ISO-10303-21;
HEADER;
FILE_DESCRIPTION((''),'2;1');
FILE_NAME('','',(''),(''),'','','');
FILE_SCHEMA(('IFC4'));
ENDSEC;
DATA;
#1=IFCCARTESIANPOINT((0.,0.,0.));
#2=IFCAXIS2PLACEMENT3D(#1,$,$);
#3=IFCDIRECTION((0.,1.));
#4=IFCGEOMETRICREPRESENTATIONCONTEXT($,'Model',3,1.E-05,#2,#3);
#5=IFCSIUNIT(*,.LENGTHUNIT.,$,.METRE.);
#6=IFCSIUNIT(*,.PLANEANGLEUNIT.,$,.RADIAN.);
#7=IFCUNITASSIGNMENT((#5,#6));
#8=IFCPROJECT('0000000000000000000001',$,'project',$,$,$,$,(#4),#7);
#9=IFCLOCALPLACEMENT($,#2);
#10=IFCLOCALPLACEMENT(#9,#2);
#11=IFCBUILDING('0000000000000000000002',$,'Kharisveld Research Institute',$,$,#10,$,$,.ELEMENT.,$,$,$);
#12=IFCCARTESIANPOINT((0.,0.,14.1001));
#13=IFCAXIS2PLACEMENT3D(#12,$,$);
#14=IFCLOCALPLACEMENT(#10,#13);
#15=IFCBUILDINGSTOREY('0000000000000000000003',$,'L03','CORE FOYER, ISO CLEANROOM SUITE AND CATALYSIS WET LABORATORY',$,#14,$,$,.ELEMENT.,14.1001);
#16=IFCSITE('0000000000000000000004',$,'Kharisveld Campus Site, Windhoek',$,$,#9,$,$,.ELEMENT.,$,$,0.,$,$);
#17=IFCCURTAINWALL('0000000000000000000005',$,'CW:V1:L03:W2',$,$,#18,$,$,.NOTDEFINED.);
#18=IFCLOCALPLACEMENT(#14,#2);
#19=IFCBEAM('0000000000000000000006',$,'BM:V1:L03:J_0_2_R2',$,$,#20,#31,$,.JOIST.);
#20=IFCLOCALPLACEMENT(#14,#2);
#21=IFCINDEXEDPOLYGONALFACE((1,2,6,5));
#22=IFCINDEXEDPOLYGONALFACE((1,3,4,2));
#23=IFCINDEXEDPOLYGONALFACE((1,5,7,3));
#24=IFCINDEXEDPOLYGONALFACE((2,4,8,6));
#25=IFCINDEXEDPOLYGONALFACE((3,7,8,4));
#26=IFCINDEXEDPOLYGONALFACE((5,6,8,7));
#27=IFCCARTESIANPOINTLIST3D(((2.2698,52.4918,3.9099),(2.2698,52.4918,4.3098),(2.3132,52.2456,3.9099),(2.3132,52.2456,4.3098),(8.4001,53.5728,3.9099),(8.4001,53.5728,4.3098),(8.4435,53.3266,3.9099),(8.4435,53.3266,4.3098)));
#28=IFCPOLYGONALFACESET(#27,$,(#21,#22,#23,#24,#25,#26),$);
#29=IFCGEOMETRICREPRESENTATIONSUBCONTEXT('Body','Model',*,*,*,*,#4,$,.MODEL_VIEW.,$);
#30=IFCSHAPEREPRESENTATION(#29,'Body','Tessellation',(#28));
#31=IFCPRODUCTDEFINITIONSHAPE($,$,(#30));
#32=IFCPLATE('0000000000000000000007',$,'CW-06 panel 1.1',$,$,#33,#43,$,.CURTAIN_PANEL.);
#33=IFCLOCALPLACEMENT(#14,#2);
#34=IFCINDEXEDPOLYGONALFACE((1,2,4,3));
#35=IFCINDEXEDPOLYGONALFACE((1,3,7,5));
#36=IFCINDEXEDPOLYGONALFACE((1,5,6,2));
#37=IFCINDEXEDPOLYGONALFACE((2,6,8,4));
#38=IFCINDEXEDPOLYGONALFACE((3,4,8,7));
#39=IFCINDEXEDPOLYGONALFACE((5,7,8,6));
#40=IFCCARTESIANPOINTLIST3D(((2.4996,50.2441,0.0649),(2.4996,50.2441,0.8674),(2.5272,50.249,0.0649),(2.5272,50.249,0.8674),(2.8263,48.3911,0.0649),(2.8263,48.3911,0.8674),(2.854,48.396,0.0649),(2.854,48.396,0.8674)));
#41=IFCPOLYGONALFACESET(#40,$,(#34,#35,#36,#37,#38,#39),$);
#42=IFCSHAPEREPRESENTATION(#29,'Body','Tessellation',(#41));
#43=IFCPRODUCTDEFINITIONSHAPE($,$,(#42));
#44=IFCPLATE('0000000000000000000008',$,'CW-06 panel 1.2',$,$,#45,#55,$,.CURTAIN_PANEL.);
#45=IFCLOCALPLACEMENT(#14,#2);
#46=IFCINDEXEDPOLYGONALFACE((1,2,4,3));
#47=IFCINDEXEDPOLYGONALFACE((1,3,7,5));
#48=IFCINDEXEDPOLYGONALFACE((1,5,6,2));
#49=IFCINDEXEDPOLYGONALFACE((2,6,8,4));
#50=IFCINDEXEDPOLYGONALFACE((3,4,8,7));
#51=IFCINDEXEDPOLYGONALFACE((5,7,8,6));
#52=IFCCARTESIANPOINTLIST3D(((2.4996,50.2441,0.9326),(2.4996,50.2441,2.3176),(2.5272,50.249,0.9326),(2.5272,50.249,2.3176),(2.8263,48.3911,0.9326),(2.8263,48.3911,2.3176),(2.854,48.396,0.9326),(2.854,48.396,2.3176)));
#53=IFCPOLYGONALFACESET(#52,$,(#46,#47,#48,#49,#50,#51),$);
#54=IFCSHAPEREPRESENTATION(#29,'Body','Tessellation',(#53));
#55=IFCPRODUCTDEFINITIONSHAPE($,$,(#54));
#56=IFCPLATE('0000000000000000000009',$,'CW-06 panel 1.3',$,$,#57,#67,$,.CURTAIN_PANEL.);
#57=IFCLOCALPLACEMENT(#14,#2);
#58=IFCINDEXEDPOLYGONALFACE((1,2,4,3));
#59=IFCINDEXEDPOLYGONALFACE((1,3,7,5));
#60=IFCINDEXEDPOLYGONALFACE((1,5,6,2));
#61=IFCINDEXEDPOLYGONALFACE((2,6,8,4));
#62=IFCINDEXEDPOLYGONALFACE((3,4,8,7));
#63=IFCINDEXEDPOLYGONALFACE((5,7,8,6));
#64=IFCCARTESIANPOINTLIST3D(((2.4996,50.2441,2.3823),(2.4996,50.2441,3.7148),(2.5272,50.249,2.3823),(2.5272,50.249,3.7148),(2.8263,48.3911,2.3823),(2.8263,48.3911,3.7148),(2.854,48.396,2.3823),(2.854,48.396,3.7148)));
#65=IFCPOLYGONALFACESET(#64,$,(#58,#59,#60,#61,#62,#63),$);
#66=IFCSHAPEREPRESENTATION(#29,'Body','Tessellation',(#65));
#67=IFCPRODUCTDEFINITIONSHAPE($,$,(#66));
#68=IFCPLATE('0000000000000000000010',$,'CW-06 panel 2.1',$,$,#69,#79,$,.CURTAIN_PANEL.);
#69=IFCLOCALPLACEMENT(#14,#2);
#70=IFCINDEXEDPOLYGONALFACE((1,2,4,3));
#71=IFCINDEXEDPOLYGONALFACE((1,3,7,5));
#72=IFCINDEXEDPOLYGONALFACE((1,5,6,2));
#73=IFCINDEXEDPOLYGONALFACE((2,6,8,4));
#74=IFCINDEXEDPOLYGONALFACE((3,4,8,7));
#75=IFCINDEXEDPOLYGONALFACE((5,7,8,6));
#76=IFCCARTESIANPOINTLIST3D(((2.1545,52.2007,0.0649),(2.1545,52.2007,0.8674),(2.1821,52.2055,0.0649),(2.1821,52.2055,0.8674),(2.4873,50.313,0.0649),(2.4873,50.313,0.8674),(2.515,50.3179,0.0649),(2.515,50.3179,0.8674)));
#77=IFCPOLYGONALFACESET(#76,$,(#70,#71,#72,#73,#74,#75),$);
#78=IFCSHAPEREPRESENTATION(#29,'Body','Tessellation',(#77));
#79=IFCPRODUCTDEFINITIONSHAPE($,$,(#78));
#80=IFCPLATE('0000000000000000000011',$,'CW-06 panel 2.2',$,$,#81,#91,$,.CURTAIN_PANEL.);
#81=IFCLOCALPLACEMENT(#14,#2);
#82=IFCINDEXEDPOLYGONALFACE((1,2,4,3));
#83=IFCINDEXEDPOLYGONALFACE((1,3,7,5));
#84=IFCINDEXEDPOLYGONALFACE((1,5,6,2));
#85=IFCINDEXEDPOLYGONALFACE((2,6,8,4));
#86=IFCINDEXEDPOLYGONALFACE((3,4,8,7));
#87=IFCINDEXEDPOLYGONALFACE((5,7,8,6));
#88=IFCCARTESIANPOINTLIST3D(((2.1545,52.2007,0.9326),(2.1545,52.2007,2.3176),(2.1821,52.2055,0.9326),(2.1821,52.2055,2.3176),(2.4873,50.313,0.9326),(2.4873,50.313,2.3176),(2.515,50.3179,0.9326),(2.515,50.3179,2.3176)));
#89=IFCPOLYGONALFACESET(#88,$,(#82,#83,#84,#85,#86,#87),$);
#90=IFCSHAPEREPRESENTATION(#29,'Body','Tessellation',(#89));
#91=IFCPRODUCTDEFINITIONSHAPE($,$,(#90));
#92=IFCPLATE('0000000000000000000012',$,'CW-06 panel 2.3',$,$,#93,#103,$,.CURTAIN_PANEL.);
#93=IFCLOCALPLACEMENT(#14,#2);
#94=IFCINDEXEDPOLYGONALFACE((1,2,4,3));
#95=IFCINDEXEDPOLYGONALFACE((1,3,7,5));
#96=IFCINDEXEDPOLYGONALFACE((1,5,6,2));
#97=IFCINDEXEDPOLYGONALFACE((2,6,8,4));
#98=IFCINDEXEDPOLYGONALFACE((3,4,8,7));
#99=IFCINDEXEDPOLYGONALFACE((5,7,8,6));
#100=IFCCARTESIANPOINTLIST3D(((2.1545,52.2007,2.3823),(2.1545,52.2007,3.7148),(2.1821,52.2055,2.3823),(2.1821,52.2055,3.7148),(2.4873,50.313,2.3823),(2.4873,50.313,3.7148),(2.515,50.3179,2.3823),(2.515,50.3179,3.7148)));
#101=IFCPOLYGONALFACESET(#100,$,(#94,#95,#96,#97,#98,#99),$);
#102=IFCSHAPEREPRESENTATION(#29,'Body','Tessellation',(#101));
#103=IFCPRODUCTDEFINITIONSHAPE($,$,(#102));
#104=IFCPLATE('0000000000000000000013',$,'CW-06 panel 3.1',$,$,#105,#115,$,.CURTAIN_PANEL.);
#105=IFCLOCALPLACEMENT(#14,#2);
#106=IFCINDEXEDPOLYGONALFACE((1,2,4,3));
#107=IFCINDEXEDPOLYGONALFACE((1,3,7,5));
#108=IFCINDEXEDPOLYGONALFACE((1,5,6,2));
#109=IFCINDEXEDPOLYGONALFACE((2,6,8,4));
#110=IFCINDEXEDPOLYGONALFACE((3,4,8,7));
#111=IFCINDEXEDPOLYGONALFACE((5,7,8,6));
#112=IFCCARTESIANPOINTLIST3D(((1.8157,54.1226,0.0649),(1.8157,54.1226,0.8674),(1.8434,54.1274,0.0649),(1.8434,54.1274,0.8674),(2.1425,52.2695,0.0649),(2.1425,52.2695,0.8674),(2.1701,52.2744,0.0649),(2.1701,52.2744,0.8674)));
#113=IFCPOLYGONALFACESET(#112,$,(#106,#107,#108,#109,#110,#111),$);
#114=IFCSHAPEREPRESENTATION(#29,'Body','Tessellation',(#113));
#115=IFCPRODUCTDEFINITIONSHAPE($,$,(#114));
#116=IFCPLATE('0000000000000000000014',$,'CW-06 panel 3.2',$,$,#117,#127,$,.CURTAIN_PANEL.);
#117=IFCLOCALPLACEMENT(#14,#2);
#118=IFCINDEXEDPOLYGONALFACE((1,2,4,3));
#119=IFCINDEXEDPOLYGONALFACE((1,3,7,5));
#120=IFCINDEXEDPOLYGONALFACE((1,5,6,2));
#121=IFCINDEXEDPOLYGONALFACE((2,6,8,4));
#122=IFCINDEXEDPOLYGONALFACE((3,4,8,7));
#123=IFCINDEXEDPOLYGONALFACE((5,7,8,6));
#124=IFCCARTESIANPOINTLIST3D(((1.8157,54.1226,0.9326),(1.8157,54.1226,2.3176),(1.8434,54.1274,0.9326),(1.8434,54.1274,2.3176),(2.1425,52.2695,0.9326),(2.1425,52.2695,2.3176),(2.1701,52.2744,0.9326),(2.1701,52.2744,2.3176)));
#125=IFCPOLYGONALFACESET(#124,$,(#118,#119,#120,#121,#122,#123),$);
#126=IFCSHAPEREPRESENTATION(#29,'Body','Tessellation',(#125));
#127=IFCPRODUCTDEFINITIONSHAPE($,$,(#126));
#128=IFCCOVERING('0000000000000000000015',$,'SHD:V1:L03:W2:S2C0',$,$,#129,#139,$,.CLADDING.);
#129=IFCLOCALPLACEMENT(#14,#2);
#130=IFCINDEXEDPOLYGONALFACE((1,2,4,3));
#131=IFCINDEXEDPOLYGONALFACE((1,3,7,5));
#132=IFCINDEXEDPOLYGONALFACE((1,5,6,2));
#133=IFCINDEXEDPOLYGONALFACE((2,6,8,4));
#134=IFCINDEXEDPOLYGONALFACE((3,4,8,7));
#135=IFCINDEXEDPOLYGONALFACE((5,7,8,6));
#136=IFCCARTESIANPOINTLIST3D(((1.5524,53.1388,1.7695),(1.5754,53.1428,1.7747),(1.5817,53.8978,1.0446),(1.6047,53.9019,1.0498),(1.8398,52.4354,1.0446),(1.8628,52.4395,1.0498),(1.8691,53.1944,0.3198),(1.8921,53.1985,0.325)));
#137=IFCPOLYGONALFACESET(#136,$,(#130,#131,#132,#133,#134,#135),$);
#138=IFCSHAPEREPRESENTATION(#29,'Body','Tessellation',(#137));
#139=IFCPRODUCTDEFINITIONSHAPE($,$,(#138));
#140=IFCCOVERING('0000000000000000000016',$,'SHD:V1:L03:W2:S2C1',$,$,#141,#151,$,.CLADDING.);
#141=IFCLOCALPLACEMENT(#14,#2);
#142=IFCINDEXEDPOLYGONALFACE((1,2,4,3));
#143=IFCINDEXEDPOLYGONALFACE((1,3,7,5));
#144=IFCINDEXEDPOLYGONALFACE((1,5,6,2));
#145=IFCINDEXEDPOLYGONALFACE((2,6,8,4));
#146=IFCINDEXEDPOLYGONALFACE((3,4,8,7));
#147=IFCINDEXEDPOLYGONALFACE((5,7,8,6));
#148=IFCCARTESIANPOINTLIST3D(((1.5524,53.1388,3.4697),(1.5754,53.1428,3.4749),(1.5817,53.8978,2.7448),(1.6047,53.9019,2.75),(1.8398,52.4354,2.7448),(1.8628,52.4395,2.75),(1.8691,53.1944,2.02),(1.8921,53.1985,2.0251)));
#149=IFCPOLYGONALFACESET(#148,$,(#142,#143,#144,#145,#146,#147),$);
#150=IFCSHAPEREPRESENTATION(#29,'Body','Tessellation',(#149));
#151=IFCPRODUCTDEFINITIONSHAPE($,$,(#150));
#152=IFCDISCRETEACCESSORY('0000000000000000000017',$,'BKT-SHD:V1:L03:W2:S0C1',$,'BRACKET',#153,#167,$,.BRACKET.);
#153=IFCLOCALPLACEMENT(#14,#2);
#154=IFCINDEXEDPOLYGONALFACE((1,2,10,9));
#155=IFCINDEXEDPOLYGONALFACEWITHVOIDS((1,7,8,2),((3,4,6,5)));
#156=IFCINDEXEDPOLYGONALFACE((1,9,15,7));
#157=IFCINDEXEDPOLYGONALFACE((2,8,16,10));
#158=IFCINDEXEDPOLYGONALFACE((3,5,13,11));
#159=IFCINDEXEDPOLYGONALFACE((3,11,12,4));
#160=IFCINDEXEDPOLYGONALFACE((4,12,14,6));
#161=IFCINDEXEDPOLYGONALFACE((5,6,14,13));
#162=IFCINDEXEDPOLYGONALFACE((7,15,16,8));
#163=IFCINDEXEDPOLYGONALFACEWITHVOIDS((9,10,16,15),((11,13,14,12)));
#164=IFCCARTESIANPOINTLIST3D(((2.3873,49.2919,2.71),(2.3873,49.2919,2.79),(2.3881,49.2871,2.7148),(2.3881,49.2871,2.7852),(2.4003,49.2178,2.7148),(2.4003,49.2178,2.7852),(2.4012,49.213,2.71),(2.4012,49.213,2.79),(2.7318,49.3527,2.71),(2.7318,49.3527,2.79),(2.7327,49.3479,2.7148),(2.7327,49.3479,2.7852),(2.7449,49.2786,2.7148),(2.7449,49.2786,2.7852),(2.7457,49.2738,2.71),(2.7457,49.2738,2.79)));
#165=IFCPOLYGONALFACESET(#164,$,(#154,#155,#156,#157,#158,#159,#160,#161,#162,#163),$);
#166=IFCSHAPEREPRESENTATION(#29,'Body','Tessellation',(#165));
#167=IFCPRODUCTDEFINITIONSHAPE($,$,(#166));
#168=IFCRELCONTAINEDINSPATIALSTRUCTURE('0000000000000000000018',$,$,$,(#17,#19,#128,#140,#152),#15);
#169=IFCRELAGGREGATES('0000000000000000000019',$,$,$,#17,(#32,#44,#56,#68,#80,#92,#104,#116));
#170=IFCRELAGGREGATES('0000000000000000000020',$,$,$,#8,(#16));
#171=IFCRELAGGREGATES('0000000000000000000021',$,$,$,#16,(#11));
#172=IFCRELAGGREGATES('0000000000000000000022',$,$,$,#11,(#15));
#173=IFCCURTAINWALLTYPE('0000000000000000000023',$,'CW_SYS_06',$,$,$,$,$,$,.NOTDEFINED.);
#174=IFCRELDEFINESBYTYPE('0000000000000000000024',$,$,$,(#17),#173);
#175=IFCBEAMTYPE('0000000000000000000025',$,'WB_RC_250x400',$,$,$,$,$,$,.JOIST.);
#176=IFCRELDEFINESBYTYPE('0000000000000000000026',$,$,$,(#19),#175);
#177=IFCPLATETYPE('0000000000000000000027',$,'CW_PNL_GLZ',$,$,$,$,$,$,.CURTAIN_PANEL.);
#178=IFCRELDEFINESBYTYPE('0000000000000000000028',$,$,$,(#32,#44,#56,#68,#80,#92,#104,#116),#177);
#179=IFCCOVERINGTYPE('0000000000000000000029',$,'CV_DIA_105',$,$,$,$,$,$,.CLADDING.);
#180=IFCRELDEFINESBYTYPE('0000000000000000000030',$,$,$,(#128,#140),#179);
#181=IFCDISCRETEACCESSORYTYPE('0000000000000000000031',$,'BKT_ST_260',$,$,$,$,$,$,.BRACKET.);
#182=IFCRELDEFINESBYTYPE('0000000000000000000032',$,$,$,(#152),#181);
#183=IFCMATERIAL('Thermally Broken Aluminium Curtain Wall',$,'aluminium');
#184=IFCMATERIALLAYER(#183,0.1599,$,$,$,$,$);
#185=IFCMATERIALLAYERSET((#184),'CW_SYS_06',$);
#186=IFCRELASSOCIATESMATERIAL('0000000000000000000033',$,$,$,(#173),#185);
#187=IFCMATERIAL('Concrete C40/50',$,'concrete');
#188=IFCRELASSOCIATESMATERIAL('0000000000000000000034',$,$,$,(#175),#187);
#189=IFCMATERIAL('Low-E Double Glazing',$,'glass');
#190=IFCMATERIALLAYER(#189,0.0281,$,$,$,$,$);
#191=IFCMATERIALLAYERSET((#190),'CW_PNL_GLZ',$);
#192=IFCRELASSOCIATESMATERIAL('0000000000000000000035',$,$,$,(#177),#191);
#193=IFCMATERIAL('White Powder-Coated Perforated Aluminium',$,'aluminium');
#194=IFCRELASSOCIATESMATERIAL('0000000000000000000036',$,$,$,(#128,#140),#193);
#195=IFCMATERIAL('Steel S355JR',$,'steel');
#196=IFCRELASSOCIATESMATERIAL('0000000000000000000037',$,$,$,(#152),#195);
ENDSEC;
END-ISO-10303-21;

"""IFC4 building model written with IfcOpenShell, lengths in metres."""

from ifc_helpers import new_model, si_unit, direction, frame, origin, origin_2d, place, context, subcontext, project, spatial, polyline, rectangle, hollow_rectangle, outline, extrude, material, layer, layer_set, material_profile, profile_set, type_object, element, aggregate, save


model = new_model("IFC4")

# Units and contexts
model_context = context("Model", 3, precision=1e-05, world=origin(), true_north=direction((0.0, 1.0)))
body_context = subcontext(model_context, "Body", "Model", "MODEL_VIEW")
ifc_project = project(units=[si_unit("LENGTHUNIT", "METRE"), si_unit("PLANEANGLEUNIT", "RADIAN")], contexts=[model_context])

# Site, building, storey
site_placement = place(None, origin())
site = spatial("IfcSite", under=ifc_project, at=site_placement, Name="Kharisveld Campus Site, Windhoek", CompositionType="ELEMENT", RefElevation=0.0)
building_placement = place(site_placement, origin())
building = spatial("IfcBuilding", under=site, at=building_placement, Name="Kharisveld Research Institute", CompositionType="ELEMENT")
storey_placement = place(building_placement, frame((0.0, 0.0, 14.1001)))
storey = spatial("IfcBuildingStorey", under=building, at=storey_placement, Name="L03", Description="CORE FOYER, ISO CLEANROOM SUITE AND CATALYSIS WET LABORATORY", CompositionType="ELEMENT", Elevation=14.1001)

# Curtain wall
ifc_material_1 = material(Name="Thermally Broken Aluminium Curtain Wall", Category="aluminium")
ifc_layer_1 = layer(ifc_material_1, 0.1599)
ifc_layer_set_1 = layer_set([ifc_layer_1], Name="CW_SYS_06")
curtain_wall_type = type_object("IfcCurtainWallType", Name="CW_SYS_06", PredefinedType="NOTDEFINED", material=ifc_layer_set_1)
curtain_wall_placement = place(storey_placement, origin())
curtain_wall = element("IfcCurtainWall", 1, at=curtain_wall_placement, inside=storey, type_object=curtain_wall_type, Name="CW:V1:L03:W2", PredefinedType="NOTDEFINED")

# Beam
ifc_material_2 = material(Name="Concrete C40/50", Category="concrete")
ifc_material_profile_1 = material_profile(ifc_material_2, rectangle(XDim=0.25, YDim=0.3999, at=origin_2d()))
ifc_profile_set_1 = profile_set([ifc_material_profile_1], Name="Concrete C40/50")
beam_type = type_object("IfcBeamType", Name="WB_RC_250x400", PredefinedType="JOIST", material=ifc_profile_set_1)
for number, where, z_axis, x_axis, name in (
    (2, (2.2915, 52.3687, 4.1099), (0.984805, 0.173665, 0.0), (-0.173665, 0.984805, 0.0), "BM:V1:L03:J_0_2_R2"),
):
    element("IfcBeam", number, at=place(storey_placement, frame(where, z_axis=z_axis, x_axis=x_axis)), inside=storey, type_object=beam_type, Name=name, PredefinedType="JOIST", context=body_context, shape_type="SweptSolid", body=[
        extrude(rectangle(XDim=0.25, YDim=0.3999, at=origin_2d()), origin(), (0.0, 0.0, 1.0), 6.2249),
    ])

# Plates
ifc_material_3 = material(Name="Low-E Double Glazing", Category="glass")
ifc_layer_2 = layer(ifc_material_3, 0.0281)
ifc_layer_set_2 = layer_set([ifc_layer_2], Name="CW_PNL_GLZ")
plate_type = type_object("IfcPlateType", Name="CW_PNL_GLZ", PredefinedType="CURTAIN_PANEL", material=ifc_layer_set_2)
plate_1_placement = place(storey_placement, frame((2.6768, 49.3201, 0.0649), z_axis=(0.0, 0.0, 1.0), x_axis=(-0.173648, 0.984808, 0.0)))
plate_1 = element("IfcPlate", 3, at=plate_1_placement, type_object=plate_type, Name="CW-06 panel 1.1", PredefinedType="CURTAIN_PANEL", context=body_context, shape_type="SweptSolid", body=[
    extrude(rectangle(XDim=1.8816, YDim=0.0281, at=origin_2d()), origin(), (0.0, 0.0, 1.0), 0.8025),
])
plate_2_placement = place(storey_placement, frame((2.6768, 49.3201, 0.9326), z_axis=(0.0, 0.0, 1.0), x_axis=(-0.173648, 0.984808, 0.0)))
plate_2 = element("IfcPlate", 4, at=plate_2_placement, type_object=plate_type, Name="CW-06 panel 1.2", PredefinedType="CURTAIN_PANEL", context=body_context, shape_type="SweptSolid", body=[
    extrude(rectangle(XDim=1.8816, YDim=0.0281, at=origin_2d()), origin(), (0.0, 0.0, 1.0), 1.385),
])
plate_3_placement = place(storey_placement, frame((2.6768, 49.3201, 2.3823), z_axis=(0.0, 0.0, 1.0), x_axis=(-0.173648, 0.984808, 0.0)))
plate_3 = element("IfcPlate", 5, at=plate_3_placement, type_object=plate_type, Name="CW-06 panel 1.3", PredefinedType="CURTAIN_PANEL", context=body_context, shape_type="SweptSolid", body=[
    extrude(rectangle(XDim=1.8816, YDim=0.0281, at=origin_2d()), origin(), (0.0, 0.0, 1.0), 1.3325),
])
plate_4_placement = place(storey_placement, frame((2.3347, 51.2593, 0.0649), z_axis=(0.0, 0.0, 1.0), x_axis=(-0.173648, 0.984808, 0.0)))
plate_4 = element("IfcPlate", 6, at=plate_4_placement, type_object=plate_type, Name="CW-06 panel 2.1", PredefinedType="CURTAIN_PANEL", context=body_context, shape_type="SweptSolid", body=[
    extrude(rectangle(XDim=1.9167, YDim=0.0281, at=origin_2d()), origin(), (0.0, 0.0, 1.0), 0.8025),
])
plate_5_placement = place(storey_placement, frame((2.3347, 51.2593, 0.9326), z_axis=(0.0, 0.0, 1.0), x_axis=(-0.173648, 0.984808, 0.0)))
plate_5 = element("IfcPlate", 7, at=plate_5_placement, type_object=plate_type, Name="CW-06 panel 2.2", PredefinedType="CURTAIN_PANEL", context=body_context, shape_type="SweptSolid", body=[
    extrude(rectangle(XDim=1.9167, YDim=0.0281, at=origin_2d()), origin(), (0.0, 0.0, 1.0), 1.385),
])
plate_6_placement = place(storey_placement, frame((2.3347, 51.2593, 2.3823), z_axis=(0.0, 0.0, 1.0), x_axis=(-0.173648, 0.984808, 0.0)))
plate_6 = element("IfcPlate", 8, at=plate_6_placement, type_object=plate_type, Name="CW-06 panel 2.3", PredefinedType="CURTAIN_PANEL", context=body_context, shape_type="SweptSolid", body=[
    extrude(rectangle(XDim=1.9167, YDim=0.0281, at=origin_2d()), origin(), (0.0, 0.0, 1.0), 1.3325),
])
plate_7_placement = place(storey_placement, frame((1.9929, 53.1985, 0.0649), z_axis=(0.0, 0.0, 1.0), x_axis=(-0.173648, 0.984808, 0.0)))
plate_7 = element("IfcPlate", 9, at=plate_7_placement, type_object=plate_type, Name="CW-06 panel 3.1", PredefinedType="CURTAIN_PANEL", context=body_context, shape_type="SweptSolid", body=[
    extrude(rectangle(XDim=1.8816, YDim=0.0281, at=origin_2d()), origin(), (0.0, 0.0, 1.0), 0.8025),
])
plate_8_placement = place(storey_placement, frame((1.9929, 53.1985, 0.9326), z_axis=(0.0, 0.0, 1.0), x_axis=(-0.173648, 0.984808, 0.0)))
plate_8 = element("IfcPlate", 10, at=plate_8_placement, type_object=plate_type, Name="CW-06 panel 3.2", PredefinedType="CURTAIN_PANEL", context=body_context, shape_type="SweptSolid", body=[
    extrude(rectangle(XDim=1.8816, YDim=0.0281, at=origin_2d()), origin(), (0.0, 0.0, 1.0), 1.385),
])
aggregate(curtain_wall, [plate_1, plate_2, plate_3, plate_4, plate_5, plate_6, plate_7, plate_8])

# Coverings
ifc_material_4 = material(Name="White Powder-Coated Perforated Aluminium", Category="aluminium")
covering_type = type_object("IfcCoveringType", Name="CV_DIA_105", PredefinedType="CLADDING")
for number, where, z_axis, x_axis, name in (
    (11, (1.8921, 53.1985, 0.325), (0.961426, 0.169654, 0.216512), (-0.273644, 0.669811, 0.69027), "SHD:V1:L03:W2:S2C0"),
    (12, (1.8921, 53.1985, 2.0251), (0.961426, 0.169654, 0.216512), (-0.273644, 0.669811, 0.69027), "SHD:V1:L03:W2:S2C1"),
):
    element("IfcCovering", number, at=place(storey_placement, frame(where, z_axis=z_axis, x_axis=x_axis)), inside=storey, type_object=covering_type, material=ifc_material_4, Name=name, PredefinedType="CLADDING", context=body_context, shape_type="SweptSolid", body=[
        extrude(outline(polyline([(0.0, 0.0), (1.0501, 0.0), (1.0501, 1.05), (0.0, 1.05), (0.0, 0.0)])), origin(), (0.0, 0.0, -1.0), 0.0239),
    ])

# Discrete accessory
ifc_material_5 = material(Name="Steel S355JR", Category="steel")
discrete_accessory_type = type_object("IfcDiscreteAccessoryType", Name="BKT_ST_260", PredefinedType="BRACKET")
discrete_accessory_placement = place(storey_placement, frame((2.7388, 49.3132, 2.75), z_axis=(-0.984784, -0.173785, 0.0), x_axis=(0.173785, -0.984784, 0.0)))
element("IfcDiscreteAccessory", 13, at=discrete_accessory_placement, inside=storey, type_object=discrete_accessory_type, material=ifc_material_5, Name="BKT-SHD:V1:L03:W2:S0C1", ObjectType="BRACKET", PredefinedType="BRACKET", context=body_context, shape_type="SweptSolid", body=[
    extrude(hollow_rectangle(XDim=0.0801, YDim=0.0801, WallThickness=0.0049, at=origin_2d()), origin(), (0.0, 0.0, 1.0), 0.3499),
])

save(model, "model.ifc")
